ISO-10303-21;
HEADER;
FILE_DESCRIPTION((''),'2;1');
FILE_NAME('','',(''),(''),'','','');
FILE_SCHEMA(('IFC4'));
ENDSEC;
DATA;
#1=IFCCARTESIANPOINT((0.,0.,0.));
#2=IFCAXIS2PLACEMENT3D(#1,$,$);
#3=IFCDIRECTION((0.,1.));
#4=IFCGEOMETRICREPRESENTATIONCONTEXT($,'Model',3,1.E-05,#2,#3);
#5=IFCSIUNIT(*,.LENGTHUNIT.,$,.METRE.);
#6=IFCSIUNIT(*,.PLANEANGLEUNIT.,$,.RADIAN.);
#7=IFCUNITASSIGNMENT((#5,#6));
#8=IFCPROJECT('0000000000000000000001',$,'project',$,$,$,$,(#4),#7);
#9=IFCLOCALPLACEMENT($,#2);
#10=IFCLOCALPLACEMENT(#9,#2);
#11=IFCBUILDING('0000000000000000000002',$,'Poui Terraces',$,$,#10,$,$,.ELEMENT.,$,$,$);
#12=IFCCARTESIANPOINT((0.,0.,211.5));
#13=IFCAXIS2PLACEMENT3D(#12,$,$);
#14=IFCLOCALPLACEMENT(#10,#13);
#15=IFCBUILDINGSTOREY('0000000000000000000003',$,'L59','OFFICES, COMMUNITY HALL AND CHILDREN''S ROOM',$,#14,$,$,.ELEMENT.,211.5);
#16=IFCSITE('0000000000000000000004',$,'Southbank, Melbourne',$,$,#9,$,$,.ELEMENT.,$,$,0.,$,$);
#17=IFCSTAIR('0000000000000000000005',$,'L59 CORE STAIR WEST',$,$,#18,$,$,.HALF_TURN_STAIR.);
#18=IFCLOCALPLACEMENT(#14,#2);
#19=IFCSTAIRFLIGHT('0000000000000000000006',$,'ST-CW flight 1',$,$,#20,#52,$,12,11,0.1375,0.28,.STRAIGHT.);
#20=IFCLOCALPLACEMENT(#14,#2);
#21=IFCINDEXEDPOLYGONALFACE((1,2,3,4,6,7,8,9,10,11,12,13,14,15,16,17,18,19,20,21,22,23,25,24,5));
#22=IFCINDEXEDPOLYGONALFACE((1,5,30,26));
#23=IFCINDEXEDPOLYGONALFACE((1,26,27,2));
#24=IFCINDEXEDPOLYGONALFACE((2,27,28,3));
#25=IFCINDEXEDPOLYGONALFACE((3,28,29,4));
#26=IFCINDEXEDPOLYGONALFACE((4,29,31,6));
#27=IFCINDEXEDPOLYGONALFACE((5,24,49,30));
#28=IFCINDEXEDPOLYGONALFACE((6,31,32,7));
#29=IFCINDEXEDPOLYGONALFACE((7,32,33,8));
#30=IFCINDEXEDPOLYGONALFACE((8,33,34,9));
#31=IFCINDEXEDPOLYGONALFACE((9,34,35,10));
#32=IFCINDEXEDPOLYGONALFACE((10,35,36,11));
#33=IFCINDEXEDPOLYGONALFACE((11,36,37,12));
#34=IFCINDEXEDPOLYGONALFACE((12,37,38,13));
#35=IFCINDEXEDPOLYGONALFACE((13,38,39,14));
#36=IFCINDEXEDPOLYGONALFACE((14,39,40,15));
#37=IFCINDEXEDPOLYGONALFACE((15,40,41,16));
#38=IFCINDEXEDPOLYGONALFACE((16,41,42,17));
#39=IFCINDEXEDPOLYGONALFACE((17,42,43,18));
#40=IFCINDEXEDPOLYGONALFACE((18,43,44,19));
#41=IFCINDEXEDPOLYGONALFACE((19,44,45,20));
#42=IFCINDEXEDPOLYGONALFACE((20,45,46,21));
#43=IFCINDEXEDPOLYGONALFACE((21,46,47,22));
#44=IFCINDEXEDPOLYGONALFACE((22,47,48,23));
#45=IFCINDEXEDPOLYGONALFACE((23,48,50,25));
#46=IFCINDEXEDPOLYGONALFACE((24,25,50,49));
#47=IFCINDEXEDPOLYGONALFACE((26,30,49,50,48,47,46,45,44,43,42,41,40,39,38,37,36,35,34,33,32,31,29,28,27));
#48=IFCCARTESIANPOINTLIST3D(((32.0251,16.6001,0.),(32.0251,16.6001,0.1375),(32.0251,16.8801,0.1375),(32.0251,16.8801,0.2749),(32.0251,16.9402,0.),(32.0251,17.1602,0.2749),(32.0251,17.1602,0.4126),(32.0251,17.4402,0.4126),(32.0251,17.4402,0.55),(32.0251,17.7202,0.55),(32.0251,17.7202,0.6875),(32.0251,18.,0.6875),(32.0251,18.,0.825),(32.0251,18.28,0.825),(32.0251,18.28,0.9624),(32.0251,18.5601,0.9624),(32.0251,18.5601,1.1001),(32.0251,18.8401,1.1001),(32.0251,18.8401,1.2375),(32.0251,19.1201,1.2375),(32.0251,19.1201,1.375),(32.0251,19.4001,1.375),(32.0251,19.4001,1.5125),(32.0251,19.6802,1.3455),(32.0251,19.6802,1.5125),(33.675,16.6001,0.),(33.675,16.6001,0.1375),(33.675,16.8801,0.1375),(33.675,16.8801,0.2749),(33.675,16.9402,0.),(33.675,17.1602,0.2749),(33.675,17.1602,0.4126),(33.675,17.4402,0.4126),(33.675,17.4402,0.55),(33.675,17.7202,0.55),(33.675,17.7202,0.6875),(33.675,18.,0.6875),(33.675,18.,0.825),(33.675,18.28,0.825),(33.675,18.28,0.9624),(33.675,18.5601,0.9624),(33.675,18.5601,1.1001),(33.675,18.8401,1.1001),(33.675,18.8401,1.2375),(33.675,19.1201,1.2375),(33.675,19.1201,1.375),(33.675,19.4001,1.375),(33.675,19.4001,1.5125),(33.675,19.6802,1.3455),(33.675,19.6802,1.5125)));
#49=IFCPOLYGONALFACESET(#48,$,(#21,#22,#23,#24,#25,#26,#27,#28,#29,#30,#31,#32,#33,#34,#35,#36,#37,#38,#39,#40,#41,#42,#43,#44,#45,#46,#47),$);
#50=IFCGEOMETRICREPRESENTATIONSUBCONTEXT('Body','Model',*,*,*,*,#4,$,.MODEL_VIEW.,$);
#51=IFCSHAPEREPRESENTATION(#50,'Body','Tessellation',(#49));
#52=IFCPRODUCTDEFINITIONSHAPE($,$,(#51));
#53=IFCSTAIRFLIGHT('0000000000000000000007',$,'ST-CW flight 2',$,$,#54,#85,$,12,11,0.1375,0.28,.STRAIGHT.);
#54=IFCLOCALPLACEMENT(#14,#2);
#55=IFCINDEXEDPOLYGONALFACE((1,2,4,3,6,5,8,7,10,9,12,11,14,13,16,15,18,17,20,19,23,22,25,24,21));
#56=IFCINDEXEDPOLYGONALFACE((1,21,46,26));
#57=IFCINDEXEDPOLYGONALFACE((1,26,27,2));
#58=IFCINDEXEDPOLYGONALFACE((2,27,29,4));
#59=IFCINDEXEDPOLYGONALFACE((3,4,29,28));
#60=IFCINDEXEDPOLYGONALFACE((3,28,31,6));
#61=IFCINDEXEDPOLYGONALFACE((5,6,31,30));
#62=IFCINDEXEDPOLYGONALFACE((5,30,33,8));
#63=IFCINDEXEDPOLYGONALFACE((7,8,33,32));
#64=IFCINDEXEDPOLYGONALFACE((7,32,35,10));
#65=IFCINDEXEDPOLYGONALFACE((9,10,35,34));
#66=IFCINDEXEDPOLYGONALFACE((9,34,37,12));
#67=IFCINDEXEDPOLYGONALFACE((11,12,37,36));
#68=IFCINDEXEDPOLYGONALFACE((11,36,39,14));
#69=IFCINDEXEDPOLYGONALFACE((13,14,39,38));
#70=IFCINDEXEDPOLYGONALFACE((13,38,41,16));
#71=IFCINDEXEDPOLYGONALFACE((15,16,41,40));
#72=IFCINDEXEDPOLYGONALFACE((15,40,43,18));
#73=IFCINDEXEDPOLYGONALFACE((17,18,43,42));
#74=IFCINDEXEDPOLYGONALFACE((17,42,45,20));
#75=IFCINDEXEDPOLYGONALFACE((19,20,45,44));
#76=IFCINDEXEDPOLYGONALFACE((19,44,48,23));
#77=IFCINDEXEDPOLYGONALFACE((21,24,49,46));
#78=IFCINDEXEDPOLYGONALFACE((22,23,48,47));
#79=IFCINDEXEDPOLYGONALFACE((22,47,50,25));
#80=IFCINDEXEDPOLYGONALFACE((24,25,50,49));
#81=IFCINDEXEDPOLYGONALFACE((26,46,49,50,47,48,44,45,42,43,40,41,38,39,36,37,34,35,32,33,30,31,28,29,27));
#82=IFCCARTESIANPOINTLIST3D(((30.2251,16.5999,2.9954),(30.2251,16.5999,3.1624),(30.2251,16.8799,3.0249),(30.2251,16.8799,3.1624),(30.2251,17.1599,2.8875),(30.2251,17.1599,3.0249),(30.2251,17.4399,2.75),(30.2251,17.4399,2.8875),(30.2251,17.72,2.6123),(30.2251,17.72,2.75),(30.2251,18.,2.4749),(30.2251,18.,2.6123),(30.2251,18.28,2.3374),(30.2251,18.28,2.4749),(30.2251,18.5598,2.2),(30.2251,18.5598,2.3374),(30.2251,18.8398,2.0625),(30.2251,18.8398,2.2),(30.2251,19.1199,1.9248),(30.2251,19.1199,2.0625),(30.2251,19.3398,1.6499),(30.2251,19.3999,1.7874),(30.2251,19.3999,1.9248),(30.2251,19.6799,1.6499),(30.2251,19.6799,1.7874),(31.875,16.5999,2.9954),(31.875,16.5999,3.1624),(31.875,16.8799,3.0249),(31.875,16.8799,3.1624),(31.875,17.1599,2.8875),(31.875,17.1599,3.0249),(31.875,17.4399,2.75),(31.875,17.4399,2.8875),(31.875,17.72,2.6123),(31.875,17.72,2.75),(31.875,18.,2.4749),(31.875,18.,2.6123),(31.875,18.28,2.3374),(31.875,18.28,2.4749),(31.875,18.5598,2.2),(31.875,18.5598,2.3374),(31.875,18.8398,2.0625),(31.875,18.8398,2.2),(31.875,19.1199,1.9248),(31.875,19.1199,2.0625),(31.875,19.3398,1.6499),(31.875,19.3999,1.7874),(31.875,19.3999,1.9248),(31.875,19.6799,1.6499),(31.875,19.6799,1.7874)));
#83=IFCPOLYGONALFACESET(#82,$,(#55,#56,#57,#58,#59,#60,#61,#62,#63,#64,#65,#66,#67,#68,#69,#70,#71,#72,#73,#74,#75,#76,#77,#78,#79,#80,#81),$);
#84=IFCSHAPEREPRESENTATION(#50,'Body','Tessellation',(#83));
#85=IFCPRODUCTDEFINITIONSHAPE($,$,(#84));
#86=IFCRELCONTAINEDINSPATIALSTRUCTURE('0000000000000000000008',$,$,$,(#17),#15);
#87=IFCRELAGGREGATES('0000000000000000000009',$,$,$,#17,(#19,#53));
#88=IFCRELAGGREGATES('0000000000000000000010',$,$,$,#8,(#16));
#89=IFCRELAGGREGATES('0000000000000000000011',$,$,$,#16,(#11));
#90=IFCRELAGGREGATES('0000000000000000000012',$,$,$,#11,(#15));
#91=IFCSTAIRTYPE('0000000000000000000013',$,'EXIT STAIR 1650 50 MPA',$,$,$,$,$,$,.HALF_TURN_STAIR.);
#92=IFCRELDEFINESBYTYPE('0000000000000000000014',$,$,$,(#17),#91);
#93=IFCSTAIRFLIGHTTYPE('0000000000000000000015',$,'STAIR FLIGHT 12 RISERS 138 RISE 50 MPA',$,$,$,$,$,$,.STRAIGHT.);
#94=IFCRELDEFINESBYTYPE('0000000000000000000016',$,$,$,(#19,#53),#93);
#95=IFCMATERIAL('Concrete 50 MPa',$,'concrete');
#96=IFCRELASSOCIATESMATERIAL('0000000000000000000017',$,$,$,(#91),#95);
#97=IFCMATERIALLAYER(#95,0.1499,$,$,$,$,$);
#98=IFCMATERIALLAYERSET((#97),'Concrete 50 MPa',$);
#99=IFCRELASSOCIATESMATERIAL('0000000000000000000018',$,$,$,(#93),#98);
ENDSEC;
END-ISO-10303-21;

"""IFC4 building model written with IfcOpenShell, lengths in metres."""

from ifc_helpers import new_model, si_unit, direction, frame, origin, place, context, subcontext, project, spatial, polyline, outline, extrude, material, layer, layer_set, type_object, element, aggregate, save


model = new_model("IFC4")

# Units and contexts
model_context = context("Model", 3, precision=1e-05, world=origin(), true_north=direction((0.0, 1.0)))
body_context = subcontext(model_context, "Body", "Model", "MODEL_VIEW")
ifc_project = project(units=[si_unit("LENGTHUNIT", "METRE"), si_unit("PLANEANGLEUNIT", "RADIAN")], contexts=[model_context])

# Site, building, storey
site_placement = place(None, origin())
site = spatial("IfcSite", under=ifc_project, at=site_placement, Name="Southbank, Melbourne", CompositionType="ELEMENT", RefElevation=0.0)
building_placement = place(site_placement, origin())
building = spatial("IfcBuilding", under=site, at=building_placement, Name="Poui Terraces", CompositionType="ELEMENT")
storey_placement = place(building_placement, frame((0.0, 0.0, 211.5)))
storey = spatial("IfcBuildingStorey", under=building, at=storey_placement, Name="L59", Description="OFFICES, COMMUNITY HALL AND CHILDREN'S ROOM", CompositionType="ELEMENT", Elevation=211.5)

# Shared definitions
ifc_material_1 = material(Name="Concrete 50 MPa", Category="concrete")

# Stair, stair flights
stair_type = type_object("IfcStairType", Name="EXIT STAIR 1650 50 MPA", PredefinedType="HALF_TURN_STAIR", material=ifc_material_1)
stair_placement = place(storey_placement, origin())
stair = element("IfcStair", 1, at=stair_placement, inside=storey, type_object=stair_type, Name="L59 CORE STAIR WEST", PredefinedType="HALF_TURN_STAIR")
ifc_layer_1 = layer(ifc_material_1, 0.1499)
ifc_layer_set_1 = layer_set([ifc_layer_1], Name="Concrete 50 MPa")
stair_flight_type = type_object("IfcStairFlightType", Name="STAIR FLIGHT 12 RISERS 138 RISE 50 MPA", PredefinedType="STRAIGHT", material=ifc_layer_set_1)
stair_flight_1_placement = place(storey_placement, frame((32.8501, 16.6001, 0.0), z_axis=(0.0, 0.0, 1.0), x_axis=(0.0, 1.0, 0.0)))
stair_flight_1 = element("IfcStairFlight", 2, at=stair_flight_1_placement, type_object=stair_flight_type, Name="ST-CW flight 1", NumberOfRisers=12, NumberOfTreads=11, PredefinedType="STRAIGHT", RiserHeight=0.1375, TreadLength=0.28, context=body_context, shape_type="SweptSolid", body=[
    extrude(outline(polyline([(0.0, 0.0), (0.0, 0.1375), (0.28, 0.1375), (0.28, 0.2749), (0.5601, 0.2749), (0.5601, 0.4126), (0.8401, 0.4126), (0.8401, 0.55), (1.1201, 0.55), (1.1201, 0.6875), (1.3999, 0.6875), (1.3999, 0.825), (1.6799, 0.825), (1.6799, 0.9624), (1.96, 0.9624), (1.96, 1.1001), (2.24, 1.1001), (2.24, 1.2375), (2.52, 1.2375), (2.52, 1.375), (2.8, 1.375), (2.8, 1.5125), (3.0801, 1.5125), (3.0801, 1.6499), (3.0801, 1.3455), (0.3401, 0.0), (0.0, 0.0)])), frame((0.0, 0.825, 0.0), z_axis=(0.0, -1.0, 0.0), x_axis=(1.0, 0.0, 0.0)), (0.0, 0.0, 1.0), 1.6499),
])
stair_flight_2_placement = place(storey_placement, frame((31.05, 19.6799, 1.6499), z_axis=(0.0, 0.0, 1.0), x_axis=(0.0, -1.0, 0.0)))
stair_flight_2 = element("IfcStairFlight", 3, at=stair_flight_2_placement, type_object=stair_flight_type, Name="ST-CW flight 2", NumberOfRisers=12, NumberOfTreads=11, PredefinedType="STRAIGHT", RiserHeight=0.1375, TreadLength=0.28, context=body_context, shape_type="SweptSolid", body=[
    extrude(outline(polyline([(0.0, 0.0), (0.0, 0.1375), (0.28, 0.1375), (0.28, 0.2749), (0.5601, 0.2749), (0.5601, 0.4126), (0.8401, 0.4126), (0.8401, 0.55), (1.1201, 0.55), (1.1201, 0.6875), (1.3999, 0.6875), (1.3999, 0.825), (1.6799, 0.825), (1.6799, 0.9624), (1.96, 0.9624), (1.96, 1.1001), (2.24, 1.1001), (2.24, 1.2375), (2.52, 1.2375), (2.52, 1.375), (2.8, 1.375), (2.8, 1.5125), (3.0801, 1.5125), (3.0801, 1.6499), (3.0801, 1.3455), (0.3401, 0.0), (0.0, 0.0)])), frame((0.0, 0.825, 0.0), z_axis=(0.0, -1.0, 0.0), x_axis=(1.0, 0.0, 0.0)), (0.0, 0.0, 1.0), 1.6499),
])
aggregate(stair, [stair_flight_1, stair_flight_2])

save(model, "model.ifc")
